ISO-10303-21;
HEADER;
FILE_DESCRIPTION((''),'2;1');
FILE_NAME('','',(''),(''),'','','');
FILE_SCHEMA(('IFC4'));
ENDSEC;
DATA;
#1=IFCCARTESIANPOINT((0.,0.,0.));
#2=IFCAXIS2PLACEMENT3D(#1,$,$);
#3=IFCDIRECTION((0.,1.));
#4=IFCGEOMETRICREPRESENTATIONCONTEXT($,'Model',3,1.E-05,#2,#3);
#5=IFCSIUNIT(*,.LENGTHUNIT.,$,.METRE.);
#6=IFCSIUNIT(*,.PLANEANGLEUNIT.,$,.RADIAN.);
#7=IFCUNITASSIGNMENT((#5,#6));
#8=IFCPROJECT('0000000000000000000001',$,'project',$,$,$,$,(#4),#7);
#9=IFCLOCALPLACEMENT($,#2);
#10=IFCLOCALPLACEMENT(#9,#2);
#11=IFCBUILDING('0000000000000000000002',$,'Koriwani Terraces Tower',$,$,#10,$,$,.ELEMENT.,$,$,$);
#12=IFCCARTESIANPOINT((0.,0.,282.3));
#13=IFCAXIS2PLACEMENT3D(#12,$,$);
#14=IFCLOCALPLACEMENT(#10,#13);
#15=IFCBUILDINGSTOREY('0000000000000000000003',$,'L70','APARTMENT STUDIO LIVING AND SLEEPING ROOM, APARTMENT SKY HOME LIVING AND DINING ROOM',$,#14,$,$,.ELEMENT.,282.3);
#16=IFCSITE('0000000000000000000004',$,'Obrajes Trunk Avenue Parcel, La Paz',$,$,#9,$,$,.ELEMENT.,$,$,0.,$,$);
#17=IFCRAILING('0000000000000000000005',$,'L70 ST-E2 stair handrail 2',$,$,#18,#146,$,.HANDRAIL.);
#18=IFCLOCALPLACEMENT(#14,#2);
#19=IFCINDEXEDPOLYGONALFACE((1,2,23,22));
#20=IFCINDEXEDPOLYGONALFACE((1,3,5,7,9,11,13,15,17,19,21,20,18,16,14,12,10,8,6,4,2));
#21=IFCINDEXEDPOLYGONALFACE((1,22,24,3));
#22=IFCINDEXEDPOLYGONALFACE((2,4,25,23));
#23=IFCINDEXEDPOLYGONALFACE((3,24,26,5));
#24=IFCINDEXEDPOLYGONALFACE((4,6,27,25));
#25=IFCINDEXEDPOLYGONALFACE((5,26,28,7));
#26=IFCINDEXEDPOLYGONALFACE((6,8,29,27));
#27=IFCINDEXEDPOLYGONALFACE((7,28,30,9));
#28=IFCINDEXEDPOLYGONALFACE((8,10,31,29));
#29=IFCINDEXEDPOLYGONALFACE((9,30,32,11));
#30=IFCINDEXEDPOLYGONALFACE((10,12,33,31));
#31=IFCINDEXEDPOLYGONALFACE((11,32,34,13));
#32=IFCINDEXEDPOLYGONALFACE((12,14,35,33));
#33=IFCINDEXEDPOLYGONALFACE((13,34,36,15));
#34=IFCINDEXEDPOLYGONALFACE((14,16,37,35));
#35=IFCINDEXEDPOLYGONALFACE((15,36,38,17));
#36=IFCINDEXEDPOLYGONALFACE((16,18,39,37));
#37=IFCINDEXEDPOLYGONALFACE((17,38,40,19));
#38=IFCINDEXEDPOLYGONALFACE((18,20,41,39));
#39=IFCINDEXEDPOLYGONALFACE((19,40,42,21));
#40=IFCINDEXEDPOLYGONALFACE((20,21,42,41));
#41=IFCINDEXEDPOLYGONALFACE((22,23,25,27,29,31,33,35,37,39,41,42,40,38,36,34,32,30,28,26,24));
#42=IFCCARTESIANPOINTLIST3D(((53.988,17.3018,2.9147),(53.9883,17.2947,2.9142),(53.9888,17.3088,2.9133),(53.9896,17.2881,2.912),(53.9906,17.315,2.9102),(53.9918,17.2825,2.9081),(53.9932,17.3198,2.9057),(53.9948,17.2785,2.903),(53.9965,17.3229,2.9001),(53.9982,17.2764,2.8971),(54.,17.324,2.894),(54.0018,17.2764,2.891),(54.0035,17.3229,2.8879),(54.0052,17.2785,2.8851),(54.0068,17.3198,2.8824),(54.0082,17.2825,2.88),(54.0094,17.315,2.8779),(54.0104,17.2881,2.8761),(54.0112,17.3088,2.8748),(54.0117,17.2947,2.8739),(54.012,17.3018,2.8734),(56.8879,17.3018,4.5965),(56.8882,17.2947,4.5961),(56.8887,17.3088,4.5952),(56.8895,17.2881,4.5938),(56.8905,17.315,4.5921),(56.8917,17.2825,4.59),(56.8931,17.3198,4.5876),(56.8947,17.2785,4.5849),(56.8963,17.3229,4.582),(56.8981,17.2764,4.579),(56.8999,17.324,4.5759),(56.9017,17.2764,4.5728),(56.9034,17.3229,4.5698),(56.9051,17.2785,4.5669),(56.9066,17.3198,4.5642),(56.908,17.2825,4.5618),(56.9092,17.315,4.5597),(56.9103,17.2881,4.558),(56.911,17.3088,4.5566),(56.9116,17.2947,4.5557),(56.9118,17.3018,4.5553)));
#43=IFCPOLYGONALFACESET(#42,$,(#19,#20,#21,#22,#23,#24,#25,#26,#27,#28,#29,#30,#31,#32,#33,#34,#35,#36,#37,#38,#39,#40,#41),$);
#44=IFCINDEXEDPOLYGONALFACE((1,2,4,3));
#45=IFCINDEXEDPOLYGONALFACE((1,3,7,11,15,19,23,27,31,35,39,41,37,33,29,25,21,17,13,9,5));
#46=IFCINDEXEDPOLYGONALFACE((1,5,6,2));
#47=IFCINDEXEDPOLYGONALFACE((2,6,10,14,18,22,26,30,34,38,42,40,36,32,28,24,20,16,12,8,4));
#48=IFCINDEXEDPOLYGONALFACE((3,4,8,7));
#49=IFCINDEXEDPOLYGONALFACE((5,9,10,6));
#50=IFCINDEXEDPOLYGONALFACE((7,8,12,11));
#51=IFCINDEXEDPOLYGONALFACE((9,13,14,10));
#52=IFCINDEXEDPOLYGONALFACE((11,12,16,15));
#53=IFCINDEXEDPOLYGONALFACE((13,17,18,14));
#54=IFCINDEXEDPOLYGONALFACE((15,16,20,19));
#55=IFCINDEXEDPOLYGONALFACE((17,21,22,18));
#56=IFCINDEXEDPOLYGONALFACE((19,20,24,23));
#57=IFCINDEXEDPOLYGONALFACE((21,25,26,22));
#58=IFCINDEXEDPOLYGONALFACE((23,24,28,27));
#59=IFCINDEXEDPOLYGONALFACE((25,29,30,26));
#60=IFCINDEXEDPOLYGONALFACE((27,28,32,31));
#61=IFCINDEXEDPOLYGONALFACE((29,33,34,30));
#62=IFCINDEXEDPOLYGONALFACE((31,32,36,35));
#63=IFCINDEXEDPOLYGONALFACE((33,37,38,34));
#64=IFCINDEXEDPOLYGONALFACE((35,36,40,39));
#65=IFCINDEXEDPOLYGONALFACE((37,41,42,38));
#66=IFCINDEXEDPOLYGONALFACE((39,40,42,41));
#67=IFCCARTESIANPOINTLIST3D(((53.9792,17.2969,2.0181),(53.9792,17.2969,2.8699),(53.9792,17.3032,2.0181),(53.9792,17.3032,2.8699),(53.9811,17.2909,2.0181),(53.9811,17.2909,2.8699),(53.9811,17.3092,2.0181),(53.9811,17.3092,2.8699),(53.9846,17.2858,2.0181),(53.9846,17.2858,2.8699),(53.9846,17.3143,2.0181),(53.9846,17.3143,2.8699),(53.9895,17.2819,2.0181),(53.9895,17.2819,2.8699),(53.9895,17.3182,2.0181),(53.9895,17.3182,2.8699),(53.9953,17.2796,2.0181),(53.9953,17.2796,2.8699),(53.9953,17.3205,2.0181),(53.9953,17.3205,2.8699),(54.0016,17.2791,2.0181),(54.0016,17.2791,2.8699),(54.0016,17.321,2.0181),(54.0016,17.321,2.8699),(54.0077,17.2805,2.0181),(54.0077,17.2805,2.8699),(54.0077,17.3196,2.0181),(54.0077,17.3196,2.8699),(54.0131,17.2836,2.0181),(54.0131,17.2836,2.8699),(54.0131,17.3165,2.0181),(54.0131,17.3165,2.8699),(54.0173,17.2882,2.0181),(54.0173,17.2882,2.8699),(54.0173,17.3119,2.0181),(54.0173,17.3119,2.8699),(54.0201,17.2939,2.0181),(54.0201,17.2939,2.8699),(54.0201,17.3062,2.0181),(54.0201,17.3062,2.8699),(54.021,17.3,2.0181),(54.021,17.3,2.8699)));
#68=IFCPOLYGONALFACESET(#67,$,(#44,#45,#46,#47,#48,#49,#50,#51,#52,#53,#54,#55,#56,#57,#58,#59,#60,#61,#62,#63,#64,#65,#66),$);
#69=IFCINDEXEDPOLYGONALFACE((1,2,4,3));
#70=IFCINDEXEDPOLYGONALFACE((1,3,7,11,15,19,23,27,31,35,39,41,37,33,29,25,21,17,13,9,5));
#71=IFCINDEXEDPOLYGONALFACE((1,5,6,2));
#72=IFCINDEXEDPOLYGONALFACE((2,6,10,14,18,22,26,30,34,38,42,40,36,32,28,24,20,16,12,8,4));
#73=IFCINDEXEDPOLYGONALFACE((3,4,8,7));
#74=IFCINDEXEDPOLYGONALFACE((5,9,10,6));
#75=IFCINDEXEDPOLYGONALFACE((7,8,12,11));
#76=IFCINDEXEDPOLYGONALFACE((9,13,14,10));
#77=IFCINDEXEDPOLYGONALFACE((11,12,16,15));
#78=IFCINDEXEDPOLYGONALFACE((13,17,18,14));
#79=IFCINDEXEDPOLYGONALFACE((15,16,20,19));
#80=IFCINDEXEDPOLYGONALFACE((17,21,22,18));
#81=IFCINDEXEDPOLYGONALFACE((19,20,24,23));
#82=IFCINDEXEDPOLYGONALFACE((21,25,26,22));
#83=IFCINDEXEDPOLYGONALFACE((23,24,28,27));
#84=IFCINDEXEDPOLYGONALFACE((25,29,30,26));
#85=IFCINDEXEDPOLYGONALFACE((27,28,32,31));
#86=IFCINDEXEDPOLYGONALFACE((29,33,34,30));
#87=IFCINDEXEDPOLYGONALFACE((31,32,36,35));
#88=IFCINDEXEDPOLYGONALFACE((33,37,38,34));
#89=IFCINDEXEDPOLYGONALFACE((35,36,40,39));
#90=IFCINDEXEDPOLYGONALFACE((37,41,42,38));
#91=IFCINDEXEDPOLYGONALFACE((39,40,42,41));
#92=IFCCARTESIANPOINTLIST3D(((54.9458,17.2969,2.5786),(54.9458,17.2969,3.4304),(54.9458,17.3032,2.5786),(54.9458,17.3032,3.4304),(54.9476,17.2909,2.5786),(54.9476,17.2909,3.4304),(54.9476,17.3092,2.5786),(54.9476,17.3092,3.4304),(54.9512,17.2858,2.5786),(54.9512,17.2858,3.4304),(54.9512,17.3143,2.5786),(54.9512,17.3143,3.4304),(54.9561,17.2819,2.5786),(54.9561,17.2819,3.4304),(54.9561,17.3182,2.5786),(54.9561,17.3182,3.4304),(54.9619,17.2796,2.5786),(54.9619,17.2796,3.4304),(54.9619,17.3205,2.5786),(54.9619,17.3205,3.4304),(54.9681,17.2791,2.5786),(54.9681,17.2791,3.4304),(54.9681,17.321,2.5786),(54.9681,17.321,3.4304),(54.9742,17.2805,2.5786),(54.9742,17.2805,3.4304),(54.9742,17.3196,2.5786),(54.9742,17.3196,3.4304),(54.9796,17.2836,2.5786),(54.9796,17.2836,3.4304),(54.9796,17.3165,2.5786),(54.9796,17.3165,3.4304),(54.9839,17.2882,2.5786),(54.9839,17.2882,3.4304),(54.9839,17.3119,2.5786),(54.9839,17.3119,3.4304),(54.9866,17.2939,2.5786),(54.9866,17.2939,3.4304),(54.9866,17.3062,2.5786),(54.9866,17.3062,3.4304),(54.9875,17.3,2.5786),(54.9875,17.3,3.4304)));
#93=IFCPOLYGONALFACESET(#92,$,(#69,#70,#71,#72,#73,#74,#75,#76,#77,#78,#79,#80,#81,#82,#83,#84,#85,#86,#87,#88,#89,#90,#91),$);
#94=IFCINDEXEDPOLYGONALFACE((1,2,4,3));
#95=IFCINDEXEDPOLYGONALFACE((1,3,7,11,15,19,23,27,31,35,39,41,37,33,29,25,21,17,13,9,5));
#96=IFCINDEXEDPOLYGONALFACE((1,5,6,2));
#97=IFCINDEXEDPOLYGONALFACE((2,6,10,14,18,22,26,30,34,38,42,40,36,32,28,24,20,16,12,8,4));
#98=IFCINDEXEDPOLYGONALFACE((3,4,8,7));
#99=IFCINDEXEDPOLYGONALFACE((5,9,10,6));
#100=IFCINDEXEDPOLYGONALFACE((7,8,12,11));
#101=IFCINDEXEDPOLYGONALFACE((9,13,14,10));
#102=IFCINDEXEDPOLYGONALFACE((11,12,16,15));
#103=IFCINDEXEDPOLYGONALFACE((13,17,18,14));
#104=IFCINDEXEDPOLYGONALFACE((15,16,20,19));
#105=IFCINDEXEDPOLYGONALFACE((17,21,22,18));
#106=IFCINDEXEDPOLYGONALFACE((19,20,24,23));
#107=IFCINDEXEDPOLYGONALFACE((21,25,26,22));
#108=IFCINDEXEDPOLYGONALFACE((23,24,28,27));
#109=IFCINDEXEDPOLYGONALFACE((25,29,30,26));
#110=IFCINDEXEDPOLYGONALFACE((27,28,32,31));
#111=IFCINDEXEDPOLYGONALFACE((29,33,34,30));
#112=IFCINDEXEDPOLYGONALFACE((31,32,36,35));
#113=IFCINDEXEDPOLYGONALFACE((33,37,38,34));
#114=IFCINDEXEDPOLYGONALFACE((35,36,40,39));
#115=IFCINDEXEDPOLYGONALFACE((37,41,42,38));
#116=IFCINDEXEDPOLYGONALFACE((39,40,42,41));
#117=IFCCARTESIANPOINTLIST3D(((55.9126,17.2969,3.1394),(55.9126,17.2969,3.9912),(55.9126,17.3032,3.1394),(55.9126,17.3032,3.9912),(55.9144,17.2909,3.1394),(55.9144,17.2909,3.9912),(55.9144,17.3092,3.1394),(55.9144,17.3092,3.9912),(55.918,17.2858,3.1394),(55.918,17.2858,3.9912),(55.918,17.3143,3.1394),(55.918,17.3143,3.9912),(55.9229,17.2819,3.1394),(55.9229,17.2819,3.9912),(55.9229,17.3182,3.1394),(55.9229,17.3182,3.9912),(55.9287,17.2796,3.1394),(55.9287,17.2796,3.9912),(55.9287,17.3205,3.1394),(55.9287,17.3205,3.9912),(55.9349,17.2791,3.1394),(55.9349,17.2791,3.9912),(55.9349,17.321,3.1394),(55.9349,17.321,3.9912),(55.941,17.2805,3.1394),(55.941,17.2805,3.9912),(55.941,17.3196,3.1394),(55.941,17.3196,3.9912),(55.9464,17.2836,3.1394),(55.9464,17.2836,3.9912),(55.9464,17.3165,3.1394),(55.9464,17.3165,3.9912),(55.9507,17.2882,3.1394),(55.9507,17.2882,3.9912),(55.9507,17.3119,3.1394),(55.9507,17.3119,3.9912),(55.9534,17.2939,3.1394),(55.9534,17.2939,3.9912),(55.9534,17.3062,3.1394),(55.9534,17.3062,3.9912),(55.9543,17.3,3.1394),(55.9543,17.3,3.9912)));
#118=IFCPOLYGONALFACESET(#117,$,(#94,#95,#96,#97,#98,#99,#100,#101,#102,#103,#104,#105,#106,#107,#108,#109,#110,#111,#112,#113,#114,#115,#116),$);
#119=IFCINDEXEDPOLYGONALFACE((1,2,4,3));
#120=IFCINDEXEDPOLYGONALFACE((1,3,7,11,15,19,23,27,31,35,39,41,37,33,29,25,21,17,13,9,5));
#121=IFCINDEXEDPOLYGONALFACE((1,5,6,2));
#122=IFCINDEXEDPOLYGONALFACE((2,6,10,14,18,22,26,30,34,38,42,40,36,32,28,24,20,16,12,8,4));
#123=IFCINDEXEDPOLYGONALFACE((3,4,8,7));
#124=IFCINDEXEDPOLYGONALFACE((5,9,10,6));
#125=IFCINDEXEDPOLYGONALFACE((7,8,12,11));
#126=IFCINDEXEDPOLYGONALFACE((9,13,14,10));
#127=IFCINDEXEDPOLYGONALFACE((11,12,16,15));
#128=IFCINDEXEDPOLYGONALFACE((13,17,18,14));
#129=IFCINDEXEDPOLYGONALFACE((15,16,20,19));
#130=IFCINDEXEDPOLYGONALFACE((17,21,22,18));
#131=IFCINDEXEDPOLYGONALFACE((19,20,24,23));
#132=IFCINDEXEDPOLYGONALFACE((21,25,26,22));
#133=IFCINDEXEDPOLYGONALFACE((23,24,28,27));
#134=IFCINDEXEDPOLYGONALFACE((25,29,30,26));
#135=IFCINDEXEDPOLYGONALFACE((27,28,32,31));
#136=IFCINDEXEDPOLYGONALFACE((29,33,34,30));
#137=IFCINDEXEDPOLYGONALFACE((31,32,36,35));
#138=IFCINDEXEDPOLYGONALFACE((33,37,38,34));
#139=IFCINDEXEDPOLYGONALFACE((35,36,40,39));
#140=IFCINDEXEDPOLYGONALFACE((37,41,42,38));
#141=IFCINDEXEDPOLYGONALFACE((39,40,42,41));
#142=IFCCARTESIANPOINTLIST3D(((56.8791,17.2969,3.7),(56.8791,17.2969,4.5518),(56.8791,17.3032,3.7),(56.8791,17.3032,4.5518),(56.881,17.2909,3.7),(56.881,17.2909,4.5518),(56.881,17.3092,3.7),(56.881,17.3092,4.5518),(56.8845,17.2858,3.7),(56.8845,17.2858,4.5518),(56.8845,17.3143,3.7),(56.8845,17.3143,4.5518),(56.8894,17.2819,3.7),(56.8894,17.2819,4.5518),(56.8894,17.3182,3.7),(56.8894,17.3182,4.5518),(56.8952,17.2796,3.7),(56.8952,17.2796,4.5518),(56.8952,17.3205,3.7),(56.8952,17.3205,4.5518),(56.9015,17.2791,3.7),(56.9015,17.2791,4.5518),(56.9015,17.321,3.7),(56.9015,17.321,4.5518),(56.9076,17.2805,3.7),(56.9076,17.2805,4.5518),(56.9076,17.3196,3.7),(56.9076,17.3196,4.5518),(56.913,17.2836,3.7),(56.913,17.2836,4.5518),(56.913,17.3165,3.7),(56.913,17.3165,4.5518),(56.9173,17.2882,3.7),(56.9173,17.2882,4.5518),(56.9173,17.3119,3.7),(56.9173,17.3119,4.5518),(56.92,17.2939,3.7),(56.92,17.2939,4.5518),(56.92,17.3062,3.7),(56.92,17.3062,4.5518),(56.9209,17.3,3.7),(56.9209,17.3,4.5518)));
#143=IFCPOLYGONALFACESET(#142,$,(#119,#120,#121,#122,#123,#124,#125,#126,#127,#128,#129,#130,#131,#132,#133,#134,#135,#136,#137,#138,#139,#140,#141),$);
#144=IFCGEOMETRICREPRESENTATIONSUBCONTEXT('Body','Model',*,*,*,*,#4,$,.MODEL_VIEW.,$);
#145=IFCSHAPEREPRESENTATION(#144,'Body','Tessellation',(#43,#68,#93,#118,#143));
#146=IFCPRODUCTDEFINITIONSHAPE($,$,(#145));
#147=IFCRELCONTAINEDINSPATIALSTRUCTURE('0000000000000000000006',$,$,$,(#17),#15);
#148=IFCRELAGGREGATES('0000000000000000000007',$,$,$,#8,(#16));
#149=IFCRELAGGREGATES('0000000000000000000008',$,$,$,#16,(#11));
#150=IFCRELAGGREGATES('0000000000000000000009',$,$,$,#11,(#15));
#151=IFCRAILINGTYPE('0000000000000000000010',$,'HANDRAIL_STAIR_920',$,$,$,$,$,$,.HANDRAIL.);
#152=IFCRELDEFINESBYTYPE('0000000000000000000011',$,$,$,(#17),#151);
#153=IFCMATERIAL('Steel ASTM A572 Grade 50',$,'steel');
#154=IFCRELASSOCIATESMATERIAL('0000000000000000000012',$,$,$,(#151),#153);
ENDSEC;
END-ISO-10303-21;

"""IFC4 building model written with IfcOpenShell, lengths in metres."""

from ifc_helpers import new_model, si_unit, direction, frame, origin, origin_2d, place, context, subcontext, project, spatial, circle, extrude, material, type_object, element, save


model = new_model("IFC4")

# Units and contexts
model_context = context("Model", 3, precision=1e-05, world=origin(), true_north=direction((0.0, 1.0)))
body_context = subcontext(model_context, "Body", "Model", "MODEL_VIEW")
ifc_project = project(units=[si_unit("LENGTHUNIT", "METRE"), si_unit("PLANEANGLEUNIT", "RADIAN")], contexts=[model_context])

# Site, building, storey
site_placement = place(None, origin())
site = spatial("IfcSite", under=ifc_project, at=site_placement, Name="Obrajes Trunk Avenue Parcel, La Paz", CompositionType="ELEMENT", RefElevation=0.0)
building_placement = place(site_placement, origin())
building = spatial("IfcBuilding", under=site, at=building_placement, Name="Koriwani Terraces Tower", CompositionType="ELEMENT")
storey_placement = place(building_placement, frame((0.0, 0.0, 282.3)))
storey = spatial("IfcBuildingStorey", under=building, at=storey_placement, Name="L70", Description="APARTMENT STUDIO LIVING AND SLEEPING ROOM, APARTMENT SKY HOME LIVING AND DINING ROOM", CompositionType="ELEMENT", Elevation=282.3)

# Shared definitions
ifc_material_1 = material(Name="Steel ASTM A572 Grade 50", Category="steel")

# Railing
railing_type_1 = type_object("IfcRailingType", Name="HANDRAIL_STAIR_920", PredefinedType="HANDRAIL", material=ifc_material_1)
railing_1_placement = place(storey_placement, frame((54.0, 17.3, 2.0181)))
element("IfcRailing", 1, at=railing_1_placement, inside=storey, type_object=railing_type_1, Name="L70 ST-E2 stair handrail 2", PredefinedType="HANDRAIL", context=body_context, shape_type="SweptSolid", body=[
    extrude(circle(Radius=0.0239, at=origin_2d()), frame((0.0, 0.0, 0.876), z_axis=(0.865039, 0.0, 0.501705), x_axis=(0.0, 1.0, 0.0)), (0.0, 0.0, 1.0), 3.3523),
    extrude(circle(Radius=0.021, at=origin_2d()), origin(), (0.0, 0.0, 1.0), 0.8518),
    extrude(circle(Radius=0.021, at=origin_2d()), frame((0.9666, 0.0, 0.5605)), (0.0, 0.0, 1.0), 0.8518),
    extrude(circle(Radius=0.021, at=origin_2d()), frame((1.9333, 0.0, 1.1213)), (0.0, 0.0, 1.0), 0.8518),
    extrude(circle(Radius=0.021, at=origin_2d()), frame((2.8999, 0.0, 1.6819)), (0.0, 0.0, 1.0), 0.8518),
])

save(model, "model.ifc")
